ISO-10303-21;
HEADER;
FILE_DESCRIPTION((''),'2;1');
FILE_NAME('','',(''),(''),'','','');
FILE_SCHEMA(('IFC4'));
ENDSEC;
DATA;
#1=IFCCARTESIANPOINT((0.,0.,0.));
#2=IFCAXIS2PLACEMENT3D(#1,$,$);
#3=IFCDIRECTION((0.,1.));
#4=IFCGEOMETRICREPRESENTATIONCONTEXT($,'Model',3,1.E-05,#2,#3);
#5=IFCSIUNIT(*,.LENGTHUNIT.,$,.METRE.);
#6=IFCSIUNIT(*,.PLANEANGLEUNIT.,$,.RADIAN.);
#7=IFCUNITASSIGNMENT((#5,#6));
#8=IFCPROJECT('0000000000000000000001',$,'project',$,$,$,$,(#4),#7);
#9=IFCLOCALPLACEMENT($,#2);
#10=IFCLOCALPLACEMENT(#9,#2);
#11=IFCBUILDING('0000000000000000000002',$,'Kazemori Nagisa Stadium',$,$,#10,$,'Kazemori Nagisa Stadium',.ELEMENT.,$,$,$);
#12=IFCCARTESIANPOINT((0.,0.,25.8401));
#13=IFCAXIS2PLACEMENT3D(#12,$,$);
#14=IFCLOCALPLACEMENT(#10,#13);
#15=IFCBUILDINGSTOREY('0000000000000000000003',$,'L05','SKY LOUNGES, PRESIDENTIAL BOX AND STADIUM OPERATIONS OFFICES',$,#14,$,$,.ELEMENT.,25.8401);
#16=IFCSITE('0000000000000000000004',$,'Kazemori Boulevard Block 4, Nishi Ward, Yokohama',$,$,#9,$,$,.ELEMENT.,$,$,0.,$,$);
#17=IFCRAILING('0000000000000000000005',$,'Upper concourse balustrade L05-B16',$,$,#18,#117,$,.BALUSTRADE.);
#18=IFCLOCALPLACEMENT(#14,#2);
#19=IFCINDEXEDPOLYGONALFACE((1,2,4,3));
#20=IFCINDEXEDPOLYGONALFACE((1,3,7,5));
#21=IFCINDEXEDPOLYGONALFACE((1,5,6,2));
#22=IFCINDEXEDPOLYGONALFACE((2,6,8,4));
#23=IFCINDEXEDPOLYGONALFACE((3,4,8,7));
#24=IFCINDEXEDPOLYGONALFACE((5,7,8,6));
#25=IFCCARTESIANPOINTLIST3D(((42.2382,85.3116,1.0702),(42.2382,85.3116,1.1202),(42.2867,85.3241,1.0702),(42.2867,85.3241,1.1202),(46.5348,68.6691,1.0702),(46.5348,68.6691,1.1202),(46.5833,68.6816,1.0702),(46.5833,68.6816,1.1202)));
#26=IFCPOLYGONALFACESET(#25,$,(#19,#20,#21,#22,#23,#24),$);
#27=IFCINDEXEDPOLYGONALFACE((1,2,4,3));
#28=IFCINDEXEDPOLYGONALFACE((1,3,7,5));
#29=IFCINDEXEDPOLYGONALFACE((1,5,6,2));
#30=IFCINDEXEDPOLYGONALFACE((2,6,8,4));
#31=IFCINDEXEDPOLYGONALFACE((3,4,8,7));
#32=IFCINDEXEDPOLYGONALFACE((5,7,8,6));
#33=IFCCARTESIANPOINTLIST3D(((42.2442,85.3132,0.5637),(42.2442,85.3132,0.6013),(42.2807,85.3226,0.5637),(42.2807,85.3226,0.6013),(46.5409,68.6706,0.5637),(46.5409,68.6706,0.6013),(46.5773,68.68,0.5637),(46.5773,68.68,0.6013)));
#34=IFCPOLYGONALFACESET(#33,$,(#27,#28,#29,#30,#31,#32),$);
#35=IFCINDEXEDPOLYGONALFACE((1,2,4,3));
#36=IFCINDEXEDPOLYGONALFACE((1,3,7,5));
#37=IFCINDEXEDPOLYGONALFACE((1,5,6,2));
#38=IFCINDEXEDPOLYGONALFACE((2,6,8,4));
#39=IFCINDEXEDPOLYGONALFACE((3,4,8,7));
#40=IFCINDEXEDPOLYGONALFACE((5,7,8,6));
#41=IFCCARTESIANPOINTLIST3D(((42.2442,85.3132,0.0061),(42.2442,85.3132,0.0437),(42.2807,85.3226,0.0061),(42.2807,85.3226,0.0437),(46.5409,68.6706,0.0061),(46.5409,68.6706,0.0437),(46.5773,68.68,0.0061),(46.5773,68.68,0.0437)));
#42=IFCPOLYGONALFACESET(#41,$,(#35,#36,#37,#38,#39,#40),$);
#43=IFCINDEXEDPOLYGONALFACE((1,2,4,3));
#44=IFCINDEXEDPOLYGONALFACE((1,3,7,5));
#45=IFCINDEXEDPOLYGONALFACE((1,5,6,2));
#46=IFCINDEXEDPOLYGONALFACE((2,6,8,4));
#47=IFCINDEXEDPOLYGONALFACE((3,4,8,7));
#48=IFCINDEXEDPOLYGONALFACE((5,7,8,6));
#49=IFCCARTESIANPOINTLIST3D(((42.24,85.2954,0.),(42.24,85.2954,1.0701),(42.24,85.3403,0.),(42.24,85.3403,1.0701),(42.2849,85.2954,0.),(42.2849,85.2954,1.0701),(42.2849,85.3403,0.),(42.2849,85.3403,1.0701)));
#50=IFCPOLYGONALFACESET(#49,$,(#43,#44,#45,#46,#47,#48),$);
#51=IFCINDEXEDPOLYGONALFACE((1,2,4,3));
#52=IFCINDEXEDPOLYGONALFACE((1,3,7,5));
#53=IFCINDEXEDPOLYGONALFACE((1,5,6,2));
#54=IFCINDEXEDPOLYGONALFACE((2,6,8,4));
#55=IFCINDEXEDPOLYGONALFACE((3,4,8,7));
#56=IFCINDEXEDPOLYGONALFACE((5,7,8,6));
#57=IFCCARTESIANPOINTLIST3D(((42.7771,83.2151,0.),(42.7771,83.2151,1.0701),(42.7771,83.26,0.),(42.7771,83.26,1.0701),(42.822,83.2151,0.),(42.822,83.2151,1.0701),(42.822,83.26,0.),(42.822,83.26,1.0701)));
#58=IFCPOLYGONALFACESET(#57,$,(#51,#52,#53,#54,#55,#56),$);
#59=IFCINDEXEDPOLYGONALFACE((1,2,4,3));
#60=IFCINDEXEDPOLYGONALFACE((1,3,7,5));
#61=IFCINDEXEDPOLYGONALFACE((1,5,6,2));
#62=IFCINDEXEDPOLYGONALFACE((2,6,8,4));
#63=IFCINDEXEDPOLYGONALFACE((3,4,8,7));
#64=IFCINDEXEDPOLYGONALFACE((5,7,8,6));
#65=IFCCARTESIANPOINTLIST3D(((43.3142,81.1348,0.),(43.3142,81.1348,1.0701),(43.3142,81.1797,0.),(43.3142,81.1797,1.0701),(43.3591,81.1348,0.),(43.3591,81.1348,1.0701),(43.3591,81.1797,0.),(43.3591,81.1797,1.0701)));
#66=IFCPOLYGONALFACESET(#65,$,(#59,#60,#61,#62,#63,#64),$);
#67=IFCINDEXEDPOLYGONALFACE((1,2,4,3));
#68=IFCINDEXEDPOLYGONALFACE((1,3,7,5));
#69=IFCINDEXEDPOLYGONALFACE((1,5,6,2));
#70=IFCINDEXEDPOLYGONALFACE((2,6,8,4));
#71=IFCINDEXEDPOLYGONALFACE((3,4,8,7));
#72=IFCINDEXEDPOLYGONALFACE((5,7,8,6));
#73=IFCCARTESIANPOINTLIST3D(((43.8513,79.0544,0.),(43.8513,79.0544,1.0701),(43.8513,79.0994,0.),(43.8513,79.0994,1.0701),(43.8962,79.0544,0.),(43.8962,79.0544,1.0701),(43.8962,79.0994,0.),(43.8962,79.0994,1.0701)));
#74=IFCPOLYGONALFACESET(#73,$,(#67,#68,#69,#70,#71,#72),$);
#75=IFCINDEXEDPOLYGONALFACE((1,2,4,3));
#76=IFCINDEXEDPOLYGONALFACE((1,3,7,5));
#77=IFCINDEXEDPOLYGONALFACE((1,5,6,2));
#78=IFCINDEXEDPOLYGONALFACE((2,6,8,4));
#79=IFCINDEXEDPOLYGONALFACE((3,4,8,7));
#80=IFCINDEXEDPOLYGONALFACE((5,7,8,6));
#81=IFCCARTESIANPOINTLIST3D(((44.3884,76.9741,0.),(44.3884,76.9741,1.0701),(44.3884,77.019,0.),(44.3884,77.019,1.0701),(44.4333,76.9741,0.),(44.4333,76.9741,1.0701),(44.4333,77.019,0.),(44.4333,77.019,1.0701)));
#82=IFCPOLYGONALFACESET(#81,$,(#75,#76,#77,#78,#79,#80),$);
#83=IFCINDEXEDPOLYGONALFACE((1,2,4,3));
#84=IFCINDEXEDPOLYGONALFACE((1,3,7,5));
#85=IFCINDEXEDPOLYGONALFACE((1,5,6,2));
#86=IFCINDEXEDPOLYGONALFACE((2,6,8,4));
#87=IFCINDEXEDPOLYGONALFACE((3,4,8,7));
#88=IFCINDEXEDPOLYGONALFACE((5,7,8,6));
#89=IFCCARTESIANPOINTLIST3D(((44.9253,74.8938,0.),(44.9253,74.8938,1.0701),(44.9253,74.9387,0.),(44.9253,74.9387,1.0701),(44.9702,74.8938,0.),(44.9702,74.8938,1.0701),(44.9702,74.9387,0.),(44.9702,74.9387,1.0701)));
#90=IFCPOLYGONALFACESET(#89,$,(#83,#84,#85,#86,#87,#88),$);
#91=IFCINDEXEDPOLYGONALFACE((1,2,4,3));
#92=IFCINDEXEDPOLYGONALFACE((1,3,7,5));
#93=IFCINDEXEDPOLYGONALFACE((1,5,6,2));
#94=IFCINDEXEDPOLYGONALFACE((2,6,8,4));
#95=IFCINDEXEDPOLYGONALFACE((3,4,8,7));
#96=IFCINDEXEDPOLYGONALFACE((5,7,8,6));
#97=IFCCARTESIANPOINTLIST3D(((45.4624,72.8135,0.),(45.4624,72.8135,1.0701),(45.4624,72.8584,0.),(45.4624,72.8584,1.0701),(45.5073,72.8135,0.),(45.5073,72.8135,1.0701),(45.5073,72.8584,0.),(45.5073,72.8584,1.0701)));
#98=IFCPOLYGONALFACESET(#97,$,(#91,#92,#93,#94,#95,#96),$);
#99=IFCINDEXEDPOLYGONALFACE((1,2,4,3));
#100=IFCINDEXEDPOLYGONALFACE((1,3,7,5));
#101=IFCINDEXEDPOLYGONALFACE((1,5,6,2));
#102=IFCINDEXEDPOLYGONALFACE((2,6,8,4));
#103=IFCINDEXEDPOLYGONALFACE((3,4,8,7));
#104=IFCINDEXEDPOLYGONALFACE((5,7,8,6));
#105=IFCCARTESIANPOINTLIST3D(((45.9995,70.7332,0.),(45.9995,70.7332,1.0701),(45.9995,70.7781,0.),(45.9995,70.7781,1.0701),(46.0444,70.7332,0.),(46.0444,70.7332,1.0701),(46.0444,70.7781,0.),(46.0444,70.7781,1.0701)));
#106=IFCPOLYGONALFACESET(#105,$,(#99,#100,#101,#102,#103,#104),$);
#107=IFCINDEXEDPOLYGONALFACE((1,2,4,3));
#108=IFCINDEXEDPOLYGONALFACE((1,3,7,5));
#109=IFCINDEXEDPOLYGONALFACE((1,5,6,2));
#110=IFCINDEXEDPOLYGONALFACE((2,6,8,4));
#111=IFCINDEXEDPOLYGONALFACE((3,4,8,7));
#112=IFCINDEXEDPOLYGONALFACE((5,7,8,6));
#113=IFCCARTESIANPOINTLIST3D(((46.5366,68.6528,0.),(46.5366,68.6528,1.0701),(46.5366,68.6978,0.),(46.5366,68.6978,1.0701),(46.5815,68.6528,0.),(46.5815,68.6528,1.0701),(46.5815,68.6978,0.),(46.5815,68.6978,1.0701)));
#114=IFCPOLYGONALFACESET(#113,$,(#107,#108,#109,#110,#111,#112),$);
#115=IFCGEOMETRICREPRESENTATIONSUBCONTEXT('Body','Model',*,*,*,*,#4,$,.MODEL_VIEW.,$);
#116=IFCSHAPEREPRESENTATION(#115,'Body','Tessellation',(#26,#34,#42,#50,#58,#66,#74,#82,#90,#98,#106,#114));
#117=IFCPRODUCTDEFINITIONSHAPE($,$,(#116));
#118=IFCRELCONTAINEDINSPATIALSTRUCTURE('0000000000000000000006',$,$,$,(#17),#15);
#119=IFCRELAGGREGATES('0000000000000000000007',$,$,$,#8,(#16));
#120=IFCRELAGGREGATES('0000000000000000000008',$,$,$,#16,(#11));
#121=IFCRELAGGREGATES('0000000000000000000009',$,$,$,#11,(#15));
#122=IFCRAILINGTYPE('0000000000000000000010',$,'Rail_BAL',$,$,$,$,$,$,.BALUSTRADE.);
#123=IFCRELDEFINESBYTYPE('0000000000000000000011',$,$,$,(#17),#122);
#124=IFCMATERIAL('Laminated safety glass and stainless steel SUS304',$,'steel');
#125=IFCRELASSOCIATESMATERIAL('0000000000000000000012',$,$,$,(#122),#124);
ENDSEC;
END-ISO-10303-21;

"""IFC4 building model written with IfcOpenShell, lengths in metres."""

from ifc_helpers import new_model, si_unit, direction, frame, origin, origin_2d, place, context, subcontext, project, spatial, rectangle, extrude, material, type_object, element, save


model = new_model("IFC4")

# Units and contexts
model_context = context("Model", 3, precision=1e-05, world=origin(), true_north=direction((0.0, 1.0)))
body_context = subcontext(model_context, "Body", "Model", "MODEL_VIEW")
ifc_project = project(units=[si_unit("LENGTHUNIT", "METRE"), si_unit("PLANEANGLEUNIT", "RADIAN")], contexts=[model_context])

# Site, building, storey
site_placement = place(None, origin())
site = spatial("IfcSite", under=ifc_project, at=site_placement, Name="Kazemori Boulevard Block 4, Nishi Ward, Yokohama", CompositionType="ELEMENT", RefElevation=0.0)
building_placement = place(site_placement, origin())
building = spatial("IfcBuilding", under=site, at=building_placement, Name="Kazemori Nagisa Stadium", LongName="Kazemori Nagisa Stadium", CompositionType="ELEMENT")
storey_placement = place(building_placement, frame((0.0, 0.0, 25.8401)))
storey = spatial("IfcBuildingStorey", under=building, at=storey_placement, Name="L05", Description="SKY LOUNGES, PRESIDENTIAL BOX AND STADIUM OPERATIONS OFFICES", CompositionType="ELEMENT", Elevation=25.8401)

# Railing
ifc_material_1 = material(Name="Laminated safety glass and stainless steel SUS304", Category="steel")
railing_type = type_object("IfcRailingType", Name="Rail_BAL", PredefinedType="BALUSTRADE", material=ifc_material_1)
railing_placement = place(storey_placement, frame((42.2625, 85.3179, 0.0)))
element("IfcRailing", 1, at=railing_placement, inside=storey, type_object=railing_type, Name="Upper concourse balustrade L05-B16", PredefinedType="BALUSTRADE", context=body_context, shape_type="SweptSolid", body=[
    extrude(rectangle(XDim=0.05, YDim=0.05, at=origin_2d()), frame((0.0, 0.0, 1.0952), z_axis=(0.249975, -0.968252, 0.0), x_axis=(0.968252, 0.249975, 0.0)), (0.0, 0.0, 1.0), 17.1882),
    extrude(rectangle(XDim=0.0376, YDim=0.0376, at=origin_2d()), frame((0.0, 0.0, 0.5825), z_axis=(0.249975, -0.968252, 0.0), x_axis=(0.968252, 0.249975, 0.0)), (0.0, 0.0, 1.0), 17.1882),
    extrude(rectangle(XDim=0.0376, YDim=0.0376, at=origin_2d()), frame((0.0, 0.0, 0.0249), z_axis=(0.249975, -0.968252, 0.0), x_axis=(0.968252, 0.249975, 0.0)), (0.0, 0.0, 1.0), 17.1882),
    extrude(rectangle(XDim=0.0449, YDim=0.0449, at=origin_2d()), origin(), (0.0, 0.0, 1.0), 1.0701),
    extrude(rectangle(XDim=0.0449, YDim=0.0449, at=origin_2d()), frame((0.5371, -2.0803, 0.0)), (0.0, 0.0, 1.0), 1.0701),
    extrude(rectangle(XDim=0.0449, YDim=0.0449, at=origin_2d()), frame((1.0742, -4.1606, 0.0)), (0.0, 0.0, 1.0), 1.0701),
    extrude(rectangle(XDim=0.0449, YDim=0.0449, at=origin_2d()), frame((1.6113, -6.241, 0.0)), (0.0, 0.0, 1.0), 1.0701),
    extrude(rectangle(XDim=0.0449, YDim=0.0449, at=origin_2d()), frame((2.1484, -8.3213, 0.0)), (0.0, 0.0, 1.0), 1.0701),
    extrude(rectangle(XDim=0.0449, YDim=0.0449, at=origin_2d()), frame((2.6853, -10.4016, 0.0)), (0.0, 0.0, 1.0), 1.0701),
    extrude(rectangle(XDim=0.0449, YDim=0.0449, at=origin_2d()), frame((3.2224, -12.4819, 0.0)), (0.0, 0.0, 1.0), 1.0701),
    extrude(rectangle(XDim=0.0449, YDim=0.0449, at=origin_2d()), frame((3.7595, -14.5623, 0.0)), (0.0, 0.0, 1.0), 1.0701),
    extrude(rectangle(XDim=0.0449, YDim=0.0449, at=origin_2d()), frame((4.2966, -16.6426, 0.0)), (0.0, 0.0, 1.0), 1.0701),
])

save(model, "model.ifc")
